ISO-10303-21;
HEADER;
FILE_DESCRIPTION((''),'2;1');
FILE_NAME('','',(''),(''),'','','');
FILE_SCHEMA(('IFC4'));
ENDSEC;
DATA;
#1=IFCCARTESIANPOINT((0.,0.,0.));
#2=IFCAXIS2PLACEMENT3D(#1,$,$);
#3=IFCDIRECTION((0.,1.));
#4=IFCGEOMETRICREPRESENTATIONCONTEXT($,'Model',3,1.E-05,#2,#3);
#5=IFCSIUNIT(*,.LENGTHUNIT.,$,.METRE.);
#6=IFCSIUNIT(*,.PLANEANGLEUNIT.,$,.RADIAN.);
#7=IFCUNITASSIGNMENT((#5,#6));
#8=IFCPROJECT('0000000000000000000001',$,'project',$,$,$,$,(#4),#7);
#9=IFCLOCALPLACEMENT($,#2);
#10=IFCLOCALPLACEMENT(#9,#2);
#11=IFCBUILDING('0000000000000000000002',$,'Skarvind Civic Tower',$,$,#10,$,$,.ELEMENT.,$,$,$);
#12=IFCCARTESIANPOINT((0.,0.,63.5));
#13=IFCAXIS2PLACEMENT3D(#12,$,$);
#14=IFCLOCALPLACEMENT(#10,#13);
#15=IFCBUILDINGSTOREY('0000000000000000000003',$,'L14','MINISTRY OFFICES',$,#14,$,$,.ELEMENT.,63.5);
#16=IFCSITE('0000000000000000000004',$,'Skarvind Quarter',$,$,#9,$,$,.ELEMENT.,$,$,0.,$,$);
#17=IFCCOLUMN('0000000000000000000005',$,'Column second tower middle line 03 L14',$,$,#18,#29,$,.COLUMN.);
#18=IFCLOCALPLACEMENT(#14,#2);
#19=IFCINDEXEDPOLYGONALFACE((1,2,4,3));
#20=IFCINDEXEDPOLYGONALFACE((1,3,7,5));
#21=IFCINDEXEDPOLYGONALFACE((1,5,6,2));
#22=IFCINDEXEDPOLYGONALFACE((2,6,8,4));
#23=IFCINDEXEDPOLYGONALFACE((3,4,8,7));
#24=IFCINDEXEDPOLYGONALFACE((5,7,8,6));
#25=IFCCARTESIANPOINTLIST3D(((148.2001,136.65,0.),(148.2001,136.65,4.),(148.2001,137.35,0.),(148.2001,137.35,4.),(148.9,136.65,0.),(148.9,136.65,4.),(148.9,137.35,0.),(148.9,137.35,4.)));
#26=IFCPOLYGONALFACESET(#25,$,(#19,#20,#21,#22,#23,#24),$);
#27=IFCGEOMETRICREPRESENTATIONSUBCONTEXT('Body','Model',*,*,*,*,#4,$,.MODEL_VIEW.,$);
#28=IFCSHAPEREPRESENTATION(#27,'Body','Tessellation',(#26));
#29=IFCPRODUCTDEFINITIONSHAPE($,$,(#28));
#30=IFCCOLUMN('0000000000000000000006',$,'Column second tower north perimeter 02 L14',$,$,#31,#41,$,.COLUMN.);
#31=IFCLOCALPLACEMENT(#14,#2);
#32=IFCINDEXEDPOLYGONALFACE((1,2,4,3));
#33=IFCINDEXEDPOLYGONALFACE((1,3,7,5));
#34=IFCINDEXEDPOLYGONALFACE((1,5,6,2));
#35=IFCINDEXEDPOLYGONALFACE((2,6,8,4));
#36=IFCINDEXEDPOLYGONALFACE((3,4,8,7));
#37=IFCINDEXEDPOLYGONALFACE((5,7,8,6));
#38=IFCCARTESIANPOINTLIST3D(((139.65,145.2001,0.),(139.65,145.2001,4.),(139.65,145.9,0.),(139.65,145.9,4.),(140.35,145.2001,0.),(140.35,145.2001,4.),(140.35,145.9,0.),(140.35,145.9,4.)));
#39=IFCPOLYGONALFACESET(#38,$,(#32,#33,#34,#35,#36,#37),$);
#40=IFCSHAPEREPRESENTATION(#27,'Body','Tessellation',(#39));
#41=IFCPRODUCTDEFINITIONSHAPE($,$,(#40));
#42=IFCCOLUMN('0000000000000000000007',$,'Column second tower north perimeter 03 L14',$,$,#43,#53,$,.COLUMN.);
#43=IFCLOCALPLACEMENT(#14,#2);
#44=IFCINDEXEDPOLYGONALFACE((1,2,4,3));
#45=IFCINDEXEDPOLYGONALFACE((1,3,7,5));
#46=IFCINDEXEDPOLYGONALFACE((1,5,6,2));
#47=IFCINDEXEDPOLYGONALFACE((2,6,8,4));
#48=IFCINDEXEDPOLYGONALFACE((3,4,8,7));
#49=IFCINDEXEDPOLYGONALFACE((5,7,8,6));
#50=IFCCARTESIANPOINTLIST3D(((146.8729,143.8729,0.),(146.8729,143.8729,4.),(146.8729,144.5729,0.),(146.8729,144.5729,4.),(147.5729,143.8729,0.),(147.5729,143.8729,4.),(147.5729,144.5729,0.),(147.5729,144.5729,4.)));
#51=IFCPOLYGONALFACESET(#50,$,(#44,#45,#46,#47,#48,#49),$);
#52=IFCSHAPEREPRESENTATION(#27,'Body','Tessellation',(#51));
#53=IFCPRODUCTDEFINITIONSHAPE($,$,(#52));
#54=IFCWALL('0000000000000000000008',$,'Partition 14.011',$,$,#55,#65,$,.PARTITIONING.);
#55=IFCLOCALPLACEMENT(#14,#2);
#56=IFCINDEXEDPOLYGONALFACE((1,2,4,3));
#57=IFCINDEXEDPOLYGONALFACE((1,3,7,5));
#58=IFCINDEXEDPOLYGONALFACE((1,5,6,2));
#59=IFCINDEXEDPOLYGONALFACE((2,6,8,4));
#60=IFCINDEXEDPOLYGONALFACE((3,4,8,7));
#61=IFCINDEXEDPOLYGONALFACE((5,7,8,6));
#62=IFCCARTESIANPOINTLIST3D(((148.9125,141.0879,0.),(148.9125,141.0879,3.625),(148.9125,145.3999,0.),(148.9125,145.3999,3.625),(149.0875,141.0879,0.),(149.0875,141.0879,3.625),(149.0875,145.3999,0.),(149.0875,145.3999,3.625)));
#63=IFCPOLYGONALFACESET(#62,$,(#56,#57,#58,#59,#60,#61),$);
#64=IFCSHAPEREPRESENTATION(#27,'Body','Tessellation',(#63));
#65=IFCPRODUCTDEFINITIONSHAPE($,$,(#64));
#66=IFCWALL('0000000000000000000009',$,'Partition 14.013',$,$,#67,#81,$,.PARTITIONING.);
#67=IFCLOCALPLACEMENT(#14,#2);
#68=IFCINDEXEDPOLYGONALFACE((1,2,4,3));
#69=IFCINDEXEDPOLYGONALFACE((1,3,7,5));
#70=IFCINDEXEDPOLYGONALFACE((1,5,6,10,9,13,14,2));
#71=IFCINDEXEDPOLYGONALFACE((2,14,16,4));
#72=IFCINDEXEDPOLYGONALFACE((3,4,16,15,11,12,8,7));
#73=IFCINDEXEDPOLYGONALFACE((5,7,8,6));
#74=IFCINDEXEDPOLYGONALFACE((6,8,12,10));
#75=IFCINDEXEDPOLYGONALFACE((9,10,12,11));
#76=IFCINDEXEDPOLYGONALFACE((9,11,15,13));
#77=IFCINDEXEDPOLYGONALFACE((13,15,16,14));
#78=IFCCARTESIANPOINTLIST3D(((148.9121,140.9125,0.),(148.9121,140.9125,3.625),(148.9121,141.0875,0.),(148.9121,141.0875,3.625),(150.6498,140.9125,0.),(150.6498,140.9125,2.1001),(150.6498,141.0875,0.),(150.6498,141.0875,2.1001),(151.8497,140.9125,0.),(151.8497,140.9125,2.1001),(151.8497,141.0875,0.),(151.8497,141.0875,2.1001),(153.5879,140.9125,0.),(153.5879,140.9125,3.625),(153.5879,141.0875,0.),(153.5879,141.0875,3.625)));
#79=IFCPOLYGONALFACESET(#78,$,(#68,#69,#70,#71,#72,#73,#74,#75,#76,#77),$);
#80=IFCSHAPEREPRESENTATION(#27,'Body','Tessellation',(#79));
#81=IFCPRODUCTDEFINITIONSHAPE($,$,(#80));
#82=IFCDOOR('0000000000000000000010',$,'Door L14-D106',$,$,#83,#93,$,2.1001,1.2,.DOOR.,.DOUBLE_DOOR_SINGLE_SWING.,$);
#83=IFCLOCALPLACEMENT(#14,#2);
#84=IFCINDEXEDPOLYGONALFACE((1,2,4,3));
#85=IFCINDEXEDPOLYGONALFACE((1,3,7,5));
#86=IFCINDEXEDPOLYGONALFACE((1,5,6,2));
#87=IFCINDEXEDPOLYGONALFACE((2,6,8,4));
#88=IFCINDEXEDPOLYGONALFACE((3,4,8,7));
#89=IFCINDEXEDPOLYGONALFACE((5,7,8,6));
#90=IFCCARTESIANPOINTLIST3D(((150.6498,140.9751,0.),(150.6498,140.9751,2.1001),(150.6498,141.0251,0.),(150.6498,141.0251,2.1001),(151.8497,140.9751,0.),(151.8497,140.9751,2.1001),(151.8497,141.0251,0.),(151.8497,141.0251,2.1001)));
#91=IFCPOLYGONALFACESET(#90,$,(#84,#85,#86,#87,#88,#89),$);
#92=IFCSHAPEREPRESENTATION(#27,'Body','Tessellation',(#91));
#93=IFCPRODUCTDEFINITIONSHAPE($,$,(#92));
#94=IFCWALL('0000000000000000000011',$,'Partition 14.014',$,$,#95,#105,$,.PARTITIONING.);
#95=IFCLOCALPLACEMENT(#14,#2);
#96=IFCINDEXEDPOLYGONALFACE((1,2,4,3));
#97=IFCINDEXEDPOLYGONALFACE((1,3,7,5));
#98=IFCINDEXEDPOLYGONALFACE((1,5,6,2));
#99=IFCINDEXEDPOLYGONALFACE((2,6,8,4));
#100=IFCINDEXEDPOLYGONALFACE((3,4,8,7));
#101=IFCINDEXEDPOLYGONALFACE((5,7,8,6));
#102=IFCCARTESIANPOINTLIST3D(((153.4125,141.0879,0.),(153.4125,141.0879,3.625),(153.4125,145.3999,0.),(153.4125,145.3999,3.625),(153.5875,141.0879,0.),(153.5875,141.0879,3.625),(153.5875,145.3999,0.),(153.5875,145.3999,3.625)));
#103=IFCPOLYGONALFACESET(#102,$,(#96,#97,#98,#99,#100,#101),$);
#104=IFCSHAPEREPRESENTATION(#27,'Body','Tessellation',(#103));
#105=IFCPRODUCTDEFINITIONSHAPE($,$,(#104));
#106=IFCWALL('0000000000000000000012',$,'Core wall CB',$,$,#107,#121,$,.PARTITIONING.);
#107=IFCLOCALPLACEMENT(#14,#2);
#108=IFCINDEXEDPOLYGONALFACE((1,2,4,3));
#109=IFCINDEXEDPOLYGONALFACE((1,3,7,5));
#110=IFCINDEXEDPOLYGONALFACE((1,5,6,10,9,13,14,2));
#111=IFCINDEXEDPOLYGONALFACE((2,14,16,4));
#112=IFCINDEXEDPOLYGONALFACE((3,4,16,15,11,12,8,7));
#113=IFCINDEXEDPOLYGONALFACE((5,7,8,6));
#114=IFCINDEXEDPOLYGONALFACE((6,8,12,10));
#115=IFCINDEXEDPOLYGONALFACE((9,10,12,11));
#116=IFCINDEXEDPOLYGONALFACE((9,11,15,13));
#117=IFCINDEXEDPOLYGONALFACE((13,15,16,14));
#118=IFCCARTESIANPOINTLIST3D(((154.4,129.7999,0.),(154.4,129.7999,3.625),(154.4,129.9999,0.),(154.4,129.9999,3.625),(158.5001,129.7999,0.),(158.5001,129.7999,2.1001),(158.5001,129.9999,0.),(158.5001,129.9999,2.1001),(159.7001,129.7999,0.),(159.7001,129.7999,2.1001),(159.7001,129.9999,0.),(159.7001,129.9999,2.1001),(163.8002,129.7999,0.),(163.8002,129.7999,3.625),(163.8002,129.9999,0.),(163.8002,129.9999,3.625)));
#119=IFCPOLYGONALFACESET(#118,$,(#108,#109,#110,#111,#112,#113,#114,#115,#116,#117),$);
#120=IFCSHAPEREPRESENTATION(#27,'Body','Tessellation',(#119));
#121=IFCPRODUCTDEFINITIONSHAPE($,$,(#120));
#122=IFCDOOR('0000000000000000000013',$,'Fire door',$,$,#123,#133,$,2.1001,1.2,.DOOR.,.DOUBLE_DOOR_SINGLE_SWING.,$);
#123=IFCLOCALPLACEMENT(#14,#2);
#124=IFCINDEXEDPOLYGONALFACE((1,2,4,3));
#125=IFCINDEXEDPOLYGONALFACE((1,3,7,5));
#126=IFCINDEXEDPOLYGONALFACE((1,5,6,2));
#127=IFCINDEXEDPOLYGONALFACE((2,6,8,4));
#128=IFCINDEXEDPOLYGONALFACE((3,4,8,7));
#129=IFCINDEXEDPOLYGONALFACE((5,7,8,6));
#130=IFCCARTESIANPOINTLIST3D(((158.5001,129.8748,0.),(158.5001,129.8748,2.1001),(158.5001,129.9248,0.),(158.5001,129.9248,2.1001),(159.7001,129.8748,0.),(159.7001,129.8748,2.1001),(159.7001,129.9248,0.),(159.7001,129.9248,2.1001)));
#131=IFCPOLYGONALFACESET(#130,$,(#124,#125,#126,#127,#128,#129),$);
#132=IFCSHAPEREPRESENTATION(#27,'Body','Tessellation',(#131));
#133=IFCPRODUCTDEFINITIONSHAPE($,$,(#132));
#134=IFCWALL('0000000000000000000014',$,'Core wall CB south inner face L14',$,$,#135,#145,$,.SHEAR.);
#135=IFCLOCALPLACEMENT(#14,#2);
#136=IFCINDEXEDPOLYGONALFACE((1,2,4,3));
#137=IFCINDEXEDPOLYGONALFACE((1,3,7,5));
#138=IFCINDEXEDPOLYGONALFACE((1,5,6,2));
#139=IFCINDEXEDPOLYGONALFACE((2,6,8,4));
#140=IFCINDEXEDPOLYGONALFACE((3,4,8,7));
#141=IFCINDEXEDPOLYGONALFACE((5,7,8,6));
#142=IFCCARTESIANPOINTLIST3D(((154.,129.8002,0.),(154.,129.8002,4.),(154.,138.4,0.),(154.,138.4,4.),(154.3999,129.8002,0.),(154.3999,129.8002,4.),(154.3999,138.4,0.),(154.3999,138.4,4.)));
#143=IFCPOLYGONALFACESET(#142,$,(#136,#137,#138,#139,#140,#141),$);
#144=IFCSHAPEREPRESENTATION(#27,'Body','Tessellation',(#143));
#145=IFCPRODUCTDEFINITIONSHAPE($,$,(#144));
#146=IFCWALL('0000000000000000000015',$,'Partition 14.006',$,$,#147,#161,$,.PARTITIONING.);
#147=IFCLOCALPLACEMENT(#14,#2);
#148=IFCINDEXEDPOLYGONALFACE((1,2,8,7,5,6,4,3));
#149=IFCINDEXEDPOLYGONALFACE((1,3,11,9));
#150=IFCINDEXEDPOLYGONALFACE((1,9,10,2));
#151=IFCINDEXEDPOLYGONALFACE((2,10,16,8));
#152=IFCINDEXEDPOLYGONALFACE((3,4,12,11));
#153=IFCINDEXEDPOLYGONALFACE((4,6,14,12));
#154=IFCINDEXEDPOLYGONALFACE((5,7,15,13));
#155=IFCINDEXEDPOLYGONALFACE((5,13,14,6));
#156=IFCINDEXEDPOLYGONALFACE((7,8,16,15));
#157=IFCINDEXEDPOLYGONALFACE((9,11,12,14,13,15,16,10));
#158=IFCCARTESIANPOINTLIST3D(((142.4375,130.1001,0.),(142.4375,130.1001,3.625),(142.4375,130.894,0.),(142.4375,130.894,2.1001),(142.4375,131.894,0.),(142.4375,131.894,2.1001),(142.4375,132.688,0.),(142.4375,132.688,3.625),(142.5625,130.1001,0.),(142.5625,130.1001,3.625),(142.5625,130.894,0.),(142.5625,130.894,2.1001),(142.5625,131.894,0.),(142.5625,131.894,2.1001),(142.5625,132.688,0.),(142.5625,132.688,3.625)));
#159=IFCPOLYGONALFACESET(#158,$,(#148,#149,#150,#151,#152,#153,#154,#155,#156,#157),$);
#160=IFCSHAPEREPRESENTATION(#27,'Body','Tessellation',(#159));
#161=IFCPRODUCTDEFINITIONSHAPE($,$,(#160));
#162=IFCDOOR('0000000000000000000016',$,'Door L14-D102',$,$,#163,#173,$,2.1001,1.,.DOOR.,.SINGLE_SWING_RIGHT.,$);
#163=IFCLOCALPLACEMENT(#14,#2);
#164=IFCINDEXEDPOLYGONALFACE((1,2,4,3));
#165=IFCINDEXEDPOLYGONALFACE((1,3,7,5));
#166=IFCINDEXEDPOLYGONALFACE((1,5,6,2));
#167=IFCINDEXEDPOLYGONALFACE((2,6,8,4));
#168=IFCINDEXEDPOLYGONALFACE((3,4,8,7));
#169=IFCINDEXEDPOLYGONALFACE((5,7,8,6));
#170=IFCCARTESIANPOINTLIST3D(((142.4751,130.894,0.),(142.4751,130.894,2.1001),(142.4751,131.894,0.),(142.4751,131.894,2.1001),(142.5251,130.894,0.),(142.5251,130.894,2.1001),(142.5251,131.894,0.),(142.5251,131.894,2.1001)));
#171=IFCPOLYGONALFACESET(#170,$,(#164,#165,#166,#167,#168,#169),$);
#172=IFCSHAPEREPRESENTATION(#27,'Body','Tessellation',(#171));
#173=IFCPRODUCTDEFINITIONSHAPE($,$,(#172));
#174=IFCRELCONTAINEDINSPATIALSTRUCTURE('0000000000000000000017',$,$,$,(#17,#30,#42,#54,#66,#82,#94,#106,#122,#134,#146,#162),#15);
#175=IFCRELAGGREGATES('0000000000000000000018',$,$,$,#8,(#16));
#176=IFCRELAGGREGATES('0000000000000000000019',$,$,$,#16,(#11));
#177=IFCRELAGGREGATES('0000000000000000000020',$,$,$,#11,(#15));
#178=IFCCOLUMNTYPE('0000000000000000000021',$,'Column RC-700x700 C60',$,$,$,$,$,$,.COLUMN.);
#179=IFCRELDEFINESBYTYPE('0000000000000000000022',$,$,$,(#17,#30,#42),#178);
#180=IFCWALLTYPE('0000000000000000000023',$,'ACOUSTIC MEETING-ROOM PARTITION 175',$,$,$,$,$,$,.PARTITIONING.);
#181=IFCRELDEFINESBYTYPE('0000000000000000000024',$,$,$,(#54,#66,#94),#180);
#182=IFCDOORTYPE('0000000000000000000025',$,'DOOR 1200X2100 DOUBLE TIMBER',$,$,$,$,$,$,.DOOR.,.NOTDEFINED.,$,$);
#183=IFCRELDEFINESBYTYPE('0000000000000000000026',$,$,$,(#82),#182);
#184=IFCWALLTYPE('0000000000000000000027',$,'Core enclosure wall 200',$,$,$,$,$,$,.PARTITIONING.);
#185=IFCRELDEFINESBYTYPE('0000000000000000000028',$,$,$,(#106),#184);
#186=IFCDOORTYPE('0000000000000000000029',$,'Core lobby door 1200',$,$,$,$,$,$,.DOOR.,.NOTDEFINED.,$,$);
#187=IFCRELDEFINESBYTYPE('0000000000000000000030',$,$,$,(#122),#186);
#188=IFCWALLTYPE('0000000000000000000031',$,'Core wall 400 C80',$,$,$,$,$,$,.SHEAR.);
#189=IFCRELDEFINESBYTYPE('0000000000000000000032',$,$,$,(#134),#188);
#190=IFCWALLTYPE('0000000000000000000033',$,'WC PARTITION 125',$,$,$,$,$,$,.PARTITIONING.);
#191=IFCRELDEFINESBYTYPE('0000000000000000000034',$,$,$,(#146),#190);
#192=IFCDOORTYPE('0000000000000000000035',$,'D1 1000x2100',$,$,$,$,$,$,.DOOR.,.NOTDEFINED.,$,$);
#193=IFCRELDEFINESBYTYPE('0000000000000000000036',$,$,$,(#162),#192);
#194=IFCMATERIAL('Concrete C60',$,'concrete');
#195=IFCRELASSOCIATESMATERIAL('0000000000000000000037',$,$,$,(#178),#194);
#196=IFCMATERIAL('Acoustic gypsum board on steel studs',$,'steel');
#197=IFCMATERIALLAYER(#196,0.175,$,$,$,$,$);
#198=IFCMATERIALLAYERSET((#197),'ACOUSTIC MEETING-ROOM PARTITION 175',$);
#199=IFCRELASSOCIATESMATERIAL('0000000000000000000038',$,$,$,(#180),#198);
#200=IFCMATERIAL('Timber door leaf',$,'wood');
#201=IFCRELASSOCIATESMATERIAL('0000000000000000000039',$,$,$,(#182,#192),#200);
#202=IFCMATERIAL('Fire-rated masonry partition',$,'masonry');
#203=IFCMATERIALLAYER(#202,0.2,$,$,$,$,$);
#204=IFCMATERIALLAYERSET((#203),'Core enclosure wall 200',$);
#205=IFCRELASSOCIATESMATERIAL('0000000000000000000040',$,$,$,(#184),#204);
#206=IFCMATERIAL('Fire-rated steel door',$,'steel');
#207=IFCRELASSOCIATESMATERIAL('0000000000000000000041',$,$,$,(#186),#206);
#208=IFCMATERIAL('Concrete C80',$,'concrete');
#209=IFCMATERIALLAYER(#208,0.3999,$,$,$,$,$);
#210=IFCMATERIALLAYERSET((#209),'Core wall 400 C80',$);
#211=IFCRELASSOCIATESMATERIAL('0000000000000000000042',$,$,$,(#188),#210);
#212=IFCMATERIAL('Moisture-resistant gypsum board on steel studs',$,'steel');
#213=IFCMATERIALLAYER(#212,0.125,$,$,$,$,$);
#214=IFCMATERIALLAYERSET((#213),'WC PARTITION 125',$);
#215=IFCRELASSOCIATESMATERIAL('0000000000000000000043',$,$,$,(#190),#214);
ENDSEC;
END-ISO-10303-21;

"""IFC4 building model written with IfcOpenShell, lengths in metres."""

from ifc_helpers import new_model, si_unit, direction, frame, frame_2d, origin, origin_2d, place, context, subcontext, project, spatial, rectangle, extrude, material, layer, layer_set, material_profile, profile_set, type_object, element, fill, save


model = new_model("IFC4")

# Units and contexts
model_context = context("Model", 3, precision=1e-05, world=origin(), true_north=direction((0.0, 1.0)))
body_context = subcontext(model_context, "Body", "Model", "MODEL_VIEW")
ifc_project = project(units=[si_unit("LENGTHUNIT", "METRE"), si_unit("PLANEANGLEUNIT", "RADIAN")], contexts=[model_context])

# Site, building, storey
site_placement = place(None, origin())
site = spatial("IfcSite", under=ifc_project, at=site_placement, Name="Skarvind Quarter", CompositionType="ELEMENT", RefElevation=0.0)
building_placement = place(site_placement, origin())
building = spatial("IfcBuilding", under=site, at=building_placement, Name="Skarvind Civic Tower", CompositionType="ELEMENT")
storey_placement = place(building_placement, frame((0.0, 0.0, 63.5)))
storey = spatial("IfcBuildingStorey", under=building, at=storey_placement, Name="L14", Description="MINISTRY OFFICES", CompositionType="ELEMENT", Elevation=63.5)

# Columns
ifc_material_1 = material(Name="Concrete C60", Category="concrete")
ifc_material_profile = material_profile(ifc_material_1, rectangle(XDim=0.7, YDim=0.7, at=origin_2d()), Name="RC-700x700")
ifc_profile_set = profile_set([ifc_material_profile], Name="Concrete C60")
column_type = type_object("IfcColumnType", Name="Column RC-700x700 C60", PredefinedType="COLUMN", material=ifc_profile_set)
for number, where, z_axis, x_axis, name in (
    (1, (148.55, 137.0, 0.0), (0.0, 0.0, 1.0), (1.0, 0.0, 0.0), "Column second tower middle line 03 L14"),
    (2, (140.0, 145.55, 0.0), (0.0, 0.0, 1.0), (1.0, 0.0, 0.0), "Column second tower north perimeter 02 L14"),
    (3, (147.2229, 144.2229, 0.0), (0.0, 0.0, 1.0), (1.0, 0.0, 0.0), "Column second tower north perimeter 03 L14"),
):
    element("IfcColumn", number, at=place(storey_placement, frame(where, z_axis=z_axis, x_axis=x_axis)), inside=storey, type_object=column_type, Name=name, PredefinedType="COLUMN", context=body_context, shape_type="SweptSolid", body=[
        extrude(rectangle(XDim=0.7, YDim=0.7, at=origin_2d()), origin(), (0.0, 0.0, 1.0), 4.0),
    ])

# Wall
ifc_material_2 = material(Name="Acoustic gypsum board on steel studs", Category="steel")
ifc_layer_1 = layer(ifc_material_2, 0.175)
ifc_layer_set_1 = layer_set([ifc_layer_1], Name="ACOUSTIC MEETING-ROOM PARTITION 175")
wall_type_1 = type_object("IfcWallType", Name="ACOUSTIC MEETING-ROOM PARTITION 175", PredefinedType="PARTITIONING", material=ifc_layer_set_1)
wall_1_placement = place(storey_placement, frame((149.0, 141.0879, 0.0), z_axis=(0.0, 0.0, 1.0), x_axis=(0.0, 1.0, 0.0)))
element("IfcWall", 4, at=wall_1_placement, inside=storey, type_object=wall_type_1, Name="Partition 14.011", PredefinedType="PARTITIONING", context=body_context, shape_type="SweptSolid", body=[
    extrude(rectangle(XDim=4.312, YDim=0.175, at=frame_2d((2.156, 0.0))), origin(), (0.0, 0.0, 1.0), 3.625),
])

# Wall, opening, door
wall_2_placement = place(storey_placement, frame((153.5879, 141.0, 0.0), z_axis=(0.0, 0.0, 1.0), x_axis=(-1.0, 0.0, 0.0)))
wall_2 = element("IfcWall", 5, at=wall_2_placement, inside=storey, type_object=wall_type_1, Name="Partition 14.013", PredefinedType="PARTITIONING", context=body_context, shape_type="SweptSolid", body=[
    extrude(rectangle(XDim=4.6758, YDim=0.175, at=frame_2d((2.3379, 0.0))), origin(), (0.0, 0.0, 1.0), 3.625),
])
opening_1_placement = place(wall_2_placement, frame((1.738, 0.0, 0.0)))
opening_1 = element("IfcOpeningElement", 6, at=opening_1_placement, cuts=wall_2, PredefinedType="OPENING", context=body_context, shape_type="SweptSolid", body=[
    extrude(rectangle(XDim=1.2, YDim=2.1001, at=frame_2d((0.6001, 1.05))), frame((0.0, 0.0974, 0.0), z_axis=(0.0, -1.0, 0.0), x_axis=(1.0, 0.0, 0.0)), (0.0, 0.0, 1.0), 0.1951),
])
ifc_material_3 = material(Name="Timber door leaf", Category="wood")
door_type_1 = type_object("IfcDoorType", Name="DOOR 1200X2100 DOUBLE TIMBER", OperationType="NOTDEFINED", PredefinedType="DOOR", material=ifc_material_3)
door_1_placement = place(opening_1_placement, origin())
door_1 = element("IfcDoor", 7, at=door_1_placement, inside=storey, type_object=door_type_1, Name="Door L14-D106", OperationType="DOUBLE_DOOR_SINGLE_SWING", OverallHeight=2.1001, OverallWidth=1.2, PredefinedType="DOOR", context=body_context, shape_type="SweptSolid", body=[
    extrude(rectangle(XDim=1.2, YDim=2.1001, at=frame_2d((0.6001, 1.05))), frame((0.0, 0.0249, 0.0), z_axis=(0.0, -1.0, 0.0), x_axis=(1.0, 0.0, 0.0)), (0.0, 0.0, 1.0), 0.05),
])
fill(opening_1, door_1)

# Wall
wall_3_placement = place(storey_placement, frame((153.5, 145.3999, 0.0), z_axis=(0.0, 0.0, 1.0), x_axis=(0.0, -1.0, 0.0)))
element("IfcWall", 8, at=wall_3_placement, inside=storey, type_object=wall_type_1, Name="Partition 14.014", PredefinedType="PARTITIONING", context=body_context, shape_type="SweptSolid", body=[
    extrude(rectangle(XDim=4.312, YDim=0.175, at=frame_2d((2.156, 0.0))), origin(), (0.0, 0.0, 1.0), 3.625),
])

# Wall, opening, door
ifc_material_4 = material(Name="Fire-rated masonry partition", Category="masonry")
ifc_layer_2 = layer(ifc_material_4, 0.2)
ifc_layer_set_2 = layer_set([ifc_layer_2], Name="Core enclosure wall 200")
wall_type_2 = type_object("IfcWallType", Name="Core enclosure wall 200", PredefinedType="PARTITIONING", material=ifc_layer_set_2)
wall_4_placement = place(storey_placement, frame((154.3999, 129.8999, 0.0), z_axis=(0.0, 0.0, 1.0), x_axis=(1.0, 0.0, 0.0)))
wall_4 = element("IfcWall", 9, at=wall_4_placement, inside=storey, type_object=wall_type_2, Name="Core wall CB", PredefinedType="PARTITIONING", context=body_context, shape_type="SweptSolid", body=[
    extrude(rectangle(XDim=9.4001, YDim=0.2, at=frame_2d((4.7002, 0.0))), origin(), (0.0, 0.0, 1.0), 3.625),
])
opening_2_placement = place(wall_4_placement, frame((4.1001, 0.0, 0.0)))
opening_2 = element("IfcOpeningElement", 10, at=opening_2_placement, cuts=wall_4, PredefinedType="OPENING", context=body_context, shape_type="SweptSolid", body=[
    extrude(rectangle(XDim=1.2, YDim=2.1001, at=frame_2d((0.6001, 1.05))), frame((0.0, 0.1099, 0.0), z_axis=(0.0, -1.0, 0.0), x_axis=(1.0, 0.0, 0.0)), (0.0, 0.0, 1.0), 0.22),
])
ifc_material_5 = material(Name="Fire-rated steel door", Category="steel")
door_type_2 = type_object("IfcDoorType", Name="Core lobby door 1200", OperationType="NOTDEFINED", PredefinedType="DOOR", material=ifc_material_5)
door_2_placement = place(opening_2_placement, origin())
door_2 = element("IfcDoor", 11, at=door_2_placement, inside=storey, type_object=door_type_2, Name="Fire door", OperationType="DOUBLE_DOOR_SINGLE_SWING", OverallHeight=2.1001, OverallWidth=1.2, PredefinedType="DOOR", context=body_context, shape_type="SweptSolid", body=[
    extrude(rectangle(XDim=1.2, YDim=2.1001, at=frame_2d((0.6001, 1.05))), frame((0.0, 0.0249, 0.0), z_axis=(0.0, -1.0, 0.0), x_axis=(1.0, 0.0, 0.0)), (0.0, 0.0, 1.0), 0.05),
])
fill(opening_2, door_2)

# Wall
ifc_material_6 = material(Name="Concrete C80", Category="concrete")
ifc_layer_3 = layer(ifc_material_6, 0.3999)
ifc_layer_set_3 = layer_set([ifc_layer_3], Name="Core wall 400 C80")
wall_type_3 = type_object("IfcWallType", Name="Core wall 400 C80", PredefinedType="SHEAR", material=ifc_layer_set_3)
wall_5_placement = place(storey_placement, frame((154.2, 138.3999, 0.0), z_axis=(0.0, 0.0, 1.0), x_axis=(0.0, -1.0, 0.0)))
element("IfcWall", 12, at=wall_5_placement, inside=storey, type_object=wall_type_3, Name="Core wall CB south inner face L14", PredefinedType="SHEAR", context=body_context, shape_type="SweptSolid", body=[
    extrude(rectangle(XDim=8.5999, YDim=0.3999, at=frame_2d((4.2998, 0.0))), origin(), (0.0, 0.0, 1.0), 4.0),
])

# Wall, opening, door
ifc_material_7 = material(Name="Moisture-resistant gypsum board on steel studs", Category="steel")
ifc_layer_4 = layer(ifc_material_7, 0.125)
ifc_layer_set_4 = layer_set([ifc_layer_4], Name="WC PARTITION 125")
wall_type_4 = type_object("IfcWallType", Name="WC PARTITION 125", PredefinedType="PARTITIONING", material=ifc_layer_set_4)
wall_6_placement = place(storey_placement, frame((142.5, 130.1001, 0.0), z_axis=(0.0, 0.0, 1.0), x_axis=(0.0, 1.0, 0.0)))
wall_6 = element("IfcWall", 13, at=wall_6_placement, inside=storey, type_object=wall_type_4, Name="Partition 14.006", PredefinedType="PARTITIONING", context=body_context, shape_type="SweptSolid", body=[
    extrude(rectangle(XDim=2.5879, YDim=0.125, at=frame_2d((1.2939, 0.0))), origin(), (0.0, 0.0, 1.0), 3.625),
])
opening_3_placement = place(wall_6_placement, frame((0.7939, 0.0, 0.0)))
opening_3 = element("IfcOpeningElement", 14, at=opening_3_placement, cuts=wall_6, PredefinedType="OPENING", context=body_context, shape_type="SweptSolid", body=[
    extrude(rectangle(XDim=1.0, YDim=2.1001, at=frame_2d((0.5, 1.05))), frame((0.0, 0.0725, 0.0), z_axis=(0.0, -1.0, 0.0), x_axis=(1.0, 0.0, 0.0)), (0.0, 0.0, 1.0), 0.145),
])
door_type_3 = type_object("IfcDoorType", Name="D1 1000x2100", OperationType="NOTDEFINED", PredefinedType="DOOR", material=ifc_material_3)
door_3_placement = place(opening_3_placement, origin())
door_3 = element("IfcDoor", 15, at=door_3_placement, inside=storey, type_object=door_type_3, Name="Door L14-D102", OperationType="SINGLE_SWING_RIGHT", OverallHeight=2.1001, OverallWidth=1.0, PredefinedType="DOOR", context=body_context, shape_type="SweptSolid", body=[
    extrude(rectangle(XDim=1.0, YDim=2.1001, at=frame_2d((0.5, 1.05))), frame((0.0, 0.0249, 0.0), z_axis=(0.0, -1.0, 0.0), x_axis=(1.0, 0.0, 0.0)), (0.0, 0.0, 1.0), 0.05),
])
fill(opening_3, door_3)

save(model, "model.ifc")
